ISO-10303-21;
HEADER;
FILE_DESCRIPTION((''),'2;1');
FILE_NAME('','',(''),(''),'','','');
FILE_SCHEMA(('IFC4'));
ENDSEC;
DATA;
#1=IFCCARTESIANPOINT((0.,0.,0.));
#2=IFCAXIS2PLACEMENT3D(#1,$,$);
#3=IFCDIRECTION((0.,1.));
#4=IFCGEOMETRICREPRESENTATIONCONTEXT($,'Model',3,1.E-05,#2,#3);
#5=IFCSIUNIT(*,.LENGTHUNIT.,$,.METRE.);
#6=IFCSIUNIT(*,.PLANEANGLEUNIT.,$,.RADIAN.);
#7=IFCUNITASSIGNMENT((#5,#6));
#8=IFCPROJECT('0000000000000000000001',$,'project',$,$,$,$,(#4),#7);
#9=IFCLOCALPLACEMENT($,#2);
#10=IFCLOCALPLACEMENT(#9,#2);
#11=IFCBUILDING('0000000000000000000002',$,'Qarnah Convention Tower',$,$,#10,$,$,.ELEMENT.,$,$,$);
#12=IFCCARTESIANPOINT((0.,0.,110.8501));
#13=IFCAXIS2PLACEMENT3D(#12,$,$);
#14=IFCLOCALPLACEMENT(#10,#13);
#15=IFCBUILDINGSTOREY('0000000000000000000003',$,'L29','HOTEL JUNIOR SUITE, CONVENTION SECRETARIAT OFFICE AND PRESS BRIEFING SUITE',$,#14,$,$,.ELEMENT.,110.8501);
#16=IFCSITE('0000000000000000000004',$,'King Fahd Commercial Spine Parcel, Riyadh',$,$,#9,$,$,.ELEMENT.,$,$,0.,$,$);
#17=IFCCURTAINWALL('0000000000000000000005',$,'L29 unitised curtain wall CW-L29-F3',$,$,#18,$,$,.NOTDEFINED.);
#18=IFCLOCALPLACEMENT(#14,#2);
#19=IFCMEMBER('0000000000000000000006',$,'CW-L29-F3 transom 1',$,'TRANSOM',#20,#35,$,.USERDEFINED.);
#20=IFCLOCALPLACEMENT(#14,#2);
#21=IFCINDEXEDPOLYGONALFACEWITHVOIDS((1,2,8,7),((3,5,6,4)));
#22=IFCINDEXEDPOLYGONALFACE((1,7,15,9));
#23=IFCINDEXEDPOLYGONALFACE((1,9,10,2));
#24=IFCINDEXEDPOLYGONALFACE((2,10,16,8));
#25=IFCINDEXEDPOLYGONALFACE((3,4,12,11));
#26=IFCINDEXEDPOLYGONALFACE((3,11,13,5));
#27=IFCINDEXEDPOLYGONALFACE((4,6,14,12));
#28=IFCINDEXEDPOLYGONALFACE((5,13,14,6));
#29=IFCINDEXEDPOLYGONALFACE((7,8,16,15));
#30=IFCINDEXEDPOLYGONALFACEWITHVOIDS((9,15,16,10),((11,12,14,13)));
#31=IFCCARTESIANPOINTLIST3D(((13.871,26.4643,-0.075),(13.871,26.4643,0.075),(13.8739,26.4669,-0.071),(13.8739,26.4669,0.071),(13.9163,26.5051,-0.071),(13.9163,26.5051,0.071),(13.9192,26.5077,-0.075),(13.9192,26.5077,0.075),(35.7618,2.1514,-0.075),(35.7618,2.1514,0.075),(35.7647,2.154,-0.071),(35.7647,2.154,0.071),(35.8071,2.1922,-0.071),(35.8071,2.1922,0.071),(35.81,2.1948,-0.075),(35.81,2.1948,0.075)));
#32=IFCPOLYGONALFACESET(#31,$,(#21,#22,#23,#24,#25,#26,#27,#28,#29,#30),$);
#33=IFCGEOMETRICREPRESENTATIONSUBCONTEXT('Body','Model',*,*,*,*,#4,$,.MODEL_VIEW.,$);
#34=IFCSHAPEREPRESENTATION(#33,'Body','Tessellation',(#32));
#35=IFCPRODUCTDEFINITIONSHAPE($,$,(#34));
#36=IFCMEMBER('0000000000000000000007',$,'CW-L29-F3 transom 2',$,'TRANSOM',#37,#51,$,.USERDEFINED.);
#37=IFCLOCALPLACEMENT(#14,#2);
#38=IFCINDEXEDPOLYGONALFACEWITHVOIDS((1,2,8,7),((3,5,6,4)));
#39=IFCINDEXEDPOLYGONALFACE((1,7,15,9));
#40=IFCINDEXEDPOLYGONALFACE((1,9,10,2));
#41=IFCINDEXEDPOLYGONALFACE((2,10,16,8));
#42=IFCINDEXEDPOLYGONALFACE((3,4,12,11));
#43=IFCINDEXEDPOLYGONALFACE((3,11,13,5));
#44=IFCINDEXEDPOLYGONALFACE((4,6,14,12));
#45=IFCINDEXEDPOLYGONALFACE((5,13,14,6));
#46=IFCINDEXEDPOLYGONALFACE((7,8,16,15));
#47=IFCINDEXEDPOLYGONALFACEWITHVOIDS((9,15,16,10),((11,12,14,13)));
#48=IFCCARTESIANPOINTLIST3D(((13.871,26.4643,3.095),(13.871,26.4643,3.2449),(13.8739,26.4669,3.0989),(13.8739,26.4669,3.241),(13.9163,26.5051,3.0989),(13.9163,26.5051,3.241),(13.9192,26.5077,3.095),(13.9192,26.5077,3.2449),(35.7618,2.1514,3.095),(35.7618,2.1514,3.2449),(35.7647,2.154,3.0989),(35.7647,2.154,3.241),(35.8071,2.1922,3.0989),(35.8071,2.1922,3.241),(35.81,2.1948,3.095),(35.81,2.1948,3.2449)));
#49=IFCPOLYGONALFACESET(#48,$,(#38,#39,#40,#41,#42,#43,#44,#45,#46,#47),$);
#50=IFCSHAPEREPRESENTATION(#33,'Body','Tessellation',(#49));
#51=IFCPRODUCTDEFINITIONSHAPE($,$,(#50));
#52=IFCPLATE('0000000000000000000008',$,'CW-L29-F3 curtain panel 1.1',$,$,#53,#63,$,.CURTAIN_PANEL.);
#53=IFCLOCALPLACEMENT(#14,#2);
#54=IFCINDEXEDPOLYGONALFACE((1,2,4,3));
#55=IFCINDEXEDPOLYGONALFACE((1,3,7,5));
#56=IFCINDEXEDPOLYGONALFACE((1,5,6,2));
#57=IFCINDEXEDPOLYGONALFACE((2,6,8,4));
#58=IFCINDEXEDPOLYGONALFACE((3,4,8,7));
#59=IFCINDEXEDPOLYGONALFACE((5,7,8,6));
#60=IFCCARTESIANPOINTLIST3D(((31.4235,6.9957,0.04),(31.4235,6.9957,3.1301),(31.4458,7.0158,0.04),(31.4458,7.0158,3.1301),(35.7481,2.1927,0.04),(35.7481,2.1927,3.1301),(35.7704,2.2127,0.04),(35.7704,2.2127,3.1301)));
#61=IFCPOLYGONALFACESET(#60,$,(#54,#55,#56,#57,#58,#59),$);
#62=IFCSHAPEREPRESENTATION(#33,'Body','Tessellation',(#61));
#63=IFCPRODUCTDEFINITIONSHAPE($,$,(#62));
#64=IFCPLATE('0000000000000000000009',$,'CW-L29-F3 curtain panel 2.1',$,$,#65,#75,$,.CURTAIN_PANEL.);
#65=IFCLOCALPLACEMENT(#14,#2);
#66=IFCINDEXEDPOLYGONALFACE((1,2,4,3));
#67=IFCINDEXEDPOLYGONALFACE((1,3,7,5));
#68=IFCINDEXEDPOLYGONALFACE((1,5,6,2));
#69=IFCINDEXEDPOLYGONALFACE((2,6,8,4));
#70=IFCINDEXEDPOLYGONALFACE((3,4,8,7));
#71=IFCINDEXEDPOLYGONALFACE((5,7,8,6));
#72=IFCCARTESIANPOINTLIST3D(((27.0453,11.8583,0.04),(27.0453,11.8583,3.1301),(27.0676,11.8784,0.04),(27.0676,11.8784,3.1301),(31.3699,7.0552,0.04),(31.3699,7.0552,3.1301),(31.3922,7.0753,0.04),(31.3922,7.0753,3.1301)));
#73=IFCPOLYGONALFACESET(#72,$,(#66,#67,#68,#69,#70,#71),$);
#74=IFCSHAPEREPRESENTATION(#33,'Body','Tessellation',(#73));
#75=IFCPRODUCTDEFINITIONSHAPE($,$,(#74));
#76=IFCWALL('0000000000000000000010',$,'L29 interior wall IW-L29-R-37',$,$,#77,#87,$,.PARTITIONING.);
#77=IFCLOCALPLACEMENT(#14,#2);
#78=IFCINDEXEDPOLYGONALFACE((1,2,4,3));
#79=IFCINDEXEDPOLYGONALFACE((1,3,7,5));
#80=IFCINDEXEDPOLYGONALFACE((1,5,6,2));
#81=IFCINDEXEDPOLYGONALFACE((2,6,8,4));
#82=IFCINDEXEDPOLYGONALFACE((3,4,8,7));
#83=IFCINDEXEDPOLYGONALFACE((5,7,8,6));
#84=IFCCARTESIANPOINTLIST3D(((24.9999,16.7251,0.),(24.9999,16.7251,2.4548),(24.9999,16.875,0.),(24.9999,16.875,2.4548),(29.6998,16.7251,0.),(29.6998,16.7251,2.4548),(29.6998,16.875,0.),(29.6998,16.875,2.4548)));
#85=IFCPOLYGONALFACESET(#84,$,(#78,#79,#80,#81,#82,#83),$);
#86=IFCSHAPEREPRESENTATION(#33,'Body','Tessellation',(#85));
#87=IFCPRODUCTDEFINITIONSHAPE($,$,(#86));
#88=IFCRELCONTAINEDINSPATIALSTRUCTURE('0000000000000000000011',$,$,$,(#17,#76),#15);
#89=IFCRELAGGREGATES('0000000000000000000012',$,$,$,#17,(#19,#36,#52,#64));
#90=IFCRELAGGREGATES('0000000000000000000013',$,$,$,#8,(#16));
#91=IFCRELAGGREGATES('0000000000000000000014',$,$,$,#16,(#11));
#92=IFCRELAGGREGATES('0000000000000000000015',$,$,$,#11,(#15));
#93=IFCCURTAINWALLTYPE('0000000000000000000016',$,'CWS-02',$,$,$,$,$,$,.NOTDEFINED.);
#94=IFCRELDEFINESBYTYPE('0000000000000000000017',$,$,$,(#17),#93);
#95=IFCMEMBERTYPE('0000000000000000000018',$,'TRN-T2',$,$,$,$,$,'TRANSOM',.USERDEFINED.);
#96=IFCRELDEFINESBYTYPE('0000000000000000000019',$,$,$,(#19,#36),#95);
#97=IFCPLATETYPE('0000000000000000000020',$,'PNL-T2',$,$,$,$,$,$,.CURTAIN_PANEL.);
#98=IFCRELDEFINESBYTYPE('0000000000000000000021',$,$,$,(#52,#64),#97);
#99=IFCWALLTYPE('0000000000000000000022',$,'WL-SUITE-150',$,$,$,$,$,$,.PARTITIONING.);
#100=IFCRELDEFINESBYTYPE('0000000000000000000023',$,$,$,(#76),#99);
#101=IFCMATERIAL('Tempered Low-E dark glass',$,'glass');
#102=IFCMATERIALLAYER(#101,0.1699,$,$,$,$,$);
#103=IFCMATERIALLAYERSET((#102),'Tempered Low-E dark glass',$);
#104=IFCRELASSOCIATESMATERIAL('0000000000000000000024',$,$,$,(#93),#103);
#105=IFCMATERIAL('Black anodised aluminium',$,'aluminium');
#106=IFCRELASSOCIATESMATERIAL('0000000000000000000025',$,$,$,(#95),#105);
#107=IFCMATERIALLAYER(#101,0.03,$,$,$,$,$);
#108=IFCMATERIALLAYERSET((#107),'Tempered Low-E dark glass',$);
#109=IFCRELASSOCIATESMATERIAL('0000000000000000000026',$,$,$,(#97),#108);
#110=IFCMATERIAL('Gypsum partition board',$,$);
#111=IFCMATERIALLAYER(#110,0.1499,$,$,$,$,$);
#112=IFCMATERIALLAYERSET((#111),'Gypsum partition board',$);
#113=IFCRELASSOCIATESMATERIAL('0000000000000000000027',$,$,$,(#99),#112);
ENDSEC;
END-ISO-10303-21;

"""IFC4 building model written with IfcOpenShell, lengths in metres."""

from ifc_helpers import new_model, si_unit, direction, frame, frame_2d, origin, origin_2d, place, context, subcontext, project, spatial, rectangle, hollow_rectangle, extrude, material, layer, layer_set, material_profile, profile_set, type_object, element, aggregate, save


model = new_model("IFC4")

# Units and contexts
model_context = context("Model", 3, precision=1e-05, world=origin(), true_north=direction((0.0, 1.0)))
body_context = subcontext(model_context, "Body", "Model", "MODEL_VIEW")
ifc_project = project(units=[si_unit("LENGTHUNIT", "METRE"), si_unit("PLANEANGLEUNIT", "RADIAN")], contexts=[model_context])

# Site, building, storey
site_placement = place(None, origin())
site = spatial("IfcSite", under=ifc_project, at=site_placement, Name="King Fahd Commercial Spine Parcel, Riyadh", CompositionType="ELEMENT", RefElevation=0.0)
building_placement = place(site_placement, origin())
building = spatial("IfcBuilding", under=site, at=building_placement, Name="Qarnah Convention Tower", CompositionType="ELEMENT")
storey_placement = place(building_placement, frame((0.0, 0.0, 110.8501)))
storey = spatial("IfcBuildingStorey", under=building, at=storey_placement, Name="L29", Description="HOTEL JUNIOR SUITE, CONVENTION SECRETARIAT OFFICE AND PRESS BRIEFING SUITE", CompositionType="ELEMENT", Elevation=110.8501)

# Curtain wall, members, plates
ifc_material_1 = material(Name="Tempered Low-E dark glass", Category="glass")
ifc_layer_1 = layer(ifc_material_1, 0.1699)
ifc_layer_set_1 = layer_set([ifc_layer_1], Name="Tempered Low-E dark glass")
curtain_wall_type = type_object("IfcCurtainWallType", Name="CWS-02", PredefinedType="NOTDEFINED", material=ifc_layer_set_1)
curtain_wall_placement = place(storey_placement, origin())
curtain_wall = element("IfcCurtainWall", 1, at=curtain_wall_placement, inside=storey, type_object=curtain_wall_type, Name="L29 unitised curtain wall CW-L29-F3", PredefinedType="NOTDEFINED")
ifc_material_2 = material(Name="Black anodised aluminium", Category="aluminium")
ifc_material_profile_1 = material_profile(ifc_material_2, hollow_rectangle(XDim=0.0649, YDim=0.1499, WallThickness=0.0039, at=origin_2d()), Name="TRN-65X150")
ifc_profile_set_1 = profile_set([ifc_material_profile_1], Name="Black anodised aluminium")
member_type_1 = type_object("IfcMemberType", Name="TRN-T2", ElementType="TRANSOM", PredefinedType="USERDEFINED", material=ifc_profile_set_1)
member_1_placement = place(storey_placement, frame((35.7859, 2.1731, 0.0), z_axis=(-0.66912, 0.743155, 0.0), x_axis=(-0.743155, -0.66912, 0.0)))
member_1 = element("IfcMember", 2, at=member_1_placement, type_object=member_type_1, Name="CW-L29-F3 transom 1", ObjectType="TRANSOM", PredefinedType="USERDEFINED", context=body_context, shape_type="SweptSolid", body=[
    extrude(hollow_rectangle(XDim=0.0649, YDim=0.1499, WallThickness=0.0039, at=origin_2d()), origin(), (0.0, 0.0, 1.0), 32.7158),
])
member_2_placement = place(storey_placement, frame((35.7859, 2.1731, 3.1699), z_axis=(-0.66912, 0.743155, 0.0), x_axis=(-0.743155, -0.66912, 0.0)))
member_2 = element("IfcMember", 3, at=member_2_placement, type_object=member_type_1, Name="CW-L29-F3 transom 2", ObjectType="TRANSOM", PredefinedType="USERDEFINED", context=body_context, shape_type="SweptSolid", body=[
    extrude(hollow_rectangle(XDim=0.0649, YDim=0.1499, WallThickness=0.0039, at=origin_2d()), origin(), (0.0, 0.0, 1.0), 32.7158),
])
ifc_layer_2 = layer(ifc_material_1, 0.03)
ifc_layer_set_2 = layer_set([ifc_layer_2], Name="Tempered Low-E dark glass")
plate_type = type_object("IfcPlateType", Name="PNL-T2", PredefinedType="CURTAIN_PANEL", material=ifc_layer_set_2)
plate_1_placement = place(storey_placement, frame((33.5969, 4.6042, 0.04), z_axis=(0.0, 0.0, 1.0), x_axis=(-0.669122, 0.743153, 0.0)))
plate_1 = element("IfcPlate", 4, at=plate_1_placement, type_object=plate_type, Name="CW-L29-F3 curtain panel 1.1", PredefinedType="CURTAIN_PANEL", context=body_context, shape_type="SweptSolid", body=[
    extrude(rectangle(XDim=6.4631, YDim=0.03, at=origin_2d()), origin(), (0.0, 0.0, 1.0), 3.0901),
])
plate_2_placement = place(storey_placement, frame((29.2188, 9.4668, 0.04), z_axis=(0.0, 0.0, 1.0), x_axis=(-0.669122, 0.743153, 0.0)))
plate_2 = element("IfcPlate", 5, at=plate_2_placement, type_object=plate_type, Name="CW-L29-F3 curtain panel 2.1", PredefinedType="CURTAIN_PANEL", context=body_context, shape_type="SweptSolid", body=[
    extrude(rectangle(XDim=6.4631, YDim=0.03, at=origin_2d()), origin(), (0.0, 0.0, 1.0), 3.0901),
])
aggregate(curtain_wall, [member_1, member_2, plate_1, plate_2])

# Wall
ifc_material_3 = material(Name="Gypsum partition board")
ifc_layer_3 = layer(ifc_material_3, 0.1499)
ifc_layer_set_3 = layer_set([ifc_layer_3], Name="Gypsum partition board")
wall_type_1 = type_object("IfcWallType", Name="WL-SUITE-150", PredefinedType="PARTITIONING", material=ifc_layer_set_3)
wall_1_placement = place(storey_placement, frame((29.7, 16.8, 0.0), z_axis=(0.0, 0.0, 1.0), x_axis=(-1.0, 0.0, 0.0)))
element("IfcWall", 6, at=wall_1_placement, inside=storey, type_object=wall_type_1, Name="L29 interior wall IW-L29-R-37", PredefinedType="PARTITIONING", context=body_context, shape_type="SweptSolid", body=[
    extrude(rectangle(XDim=4.7, YDim=0.1499, at=frame_2d((2.3501, 0.0))), origin(), (0.0, 0.0, 1.0), 2.4548),
])

save(model, "model.ifc")
